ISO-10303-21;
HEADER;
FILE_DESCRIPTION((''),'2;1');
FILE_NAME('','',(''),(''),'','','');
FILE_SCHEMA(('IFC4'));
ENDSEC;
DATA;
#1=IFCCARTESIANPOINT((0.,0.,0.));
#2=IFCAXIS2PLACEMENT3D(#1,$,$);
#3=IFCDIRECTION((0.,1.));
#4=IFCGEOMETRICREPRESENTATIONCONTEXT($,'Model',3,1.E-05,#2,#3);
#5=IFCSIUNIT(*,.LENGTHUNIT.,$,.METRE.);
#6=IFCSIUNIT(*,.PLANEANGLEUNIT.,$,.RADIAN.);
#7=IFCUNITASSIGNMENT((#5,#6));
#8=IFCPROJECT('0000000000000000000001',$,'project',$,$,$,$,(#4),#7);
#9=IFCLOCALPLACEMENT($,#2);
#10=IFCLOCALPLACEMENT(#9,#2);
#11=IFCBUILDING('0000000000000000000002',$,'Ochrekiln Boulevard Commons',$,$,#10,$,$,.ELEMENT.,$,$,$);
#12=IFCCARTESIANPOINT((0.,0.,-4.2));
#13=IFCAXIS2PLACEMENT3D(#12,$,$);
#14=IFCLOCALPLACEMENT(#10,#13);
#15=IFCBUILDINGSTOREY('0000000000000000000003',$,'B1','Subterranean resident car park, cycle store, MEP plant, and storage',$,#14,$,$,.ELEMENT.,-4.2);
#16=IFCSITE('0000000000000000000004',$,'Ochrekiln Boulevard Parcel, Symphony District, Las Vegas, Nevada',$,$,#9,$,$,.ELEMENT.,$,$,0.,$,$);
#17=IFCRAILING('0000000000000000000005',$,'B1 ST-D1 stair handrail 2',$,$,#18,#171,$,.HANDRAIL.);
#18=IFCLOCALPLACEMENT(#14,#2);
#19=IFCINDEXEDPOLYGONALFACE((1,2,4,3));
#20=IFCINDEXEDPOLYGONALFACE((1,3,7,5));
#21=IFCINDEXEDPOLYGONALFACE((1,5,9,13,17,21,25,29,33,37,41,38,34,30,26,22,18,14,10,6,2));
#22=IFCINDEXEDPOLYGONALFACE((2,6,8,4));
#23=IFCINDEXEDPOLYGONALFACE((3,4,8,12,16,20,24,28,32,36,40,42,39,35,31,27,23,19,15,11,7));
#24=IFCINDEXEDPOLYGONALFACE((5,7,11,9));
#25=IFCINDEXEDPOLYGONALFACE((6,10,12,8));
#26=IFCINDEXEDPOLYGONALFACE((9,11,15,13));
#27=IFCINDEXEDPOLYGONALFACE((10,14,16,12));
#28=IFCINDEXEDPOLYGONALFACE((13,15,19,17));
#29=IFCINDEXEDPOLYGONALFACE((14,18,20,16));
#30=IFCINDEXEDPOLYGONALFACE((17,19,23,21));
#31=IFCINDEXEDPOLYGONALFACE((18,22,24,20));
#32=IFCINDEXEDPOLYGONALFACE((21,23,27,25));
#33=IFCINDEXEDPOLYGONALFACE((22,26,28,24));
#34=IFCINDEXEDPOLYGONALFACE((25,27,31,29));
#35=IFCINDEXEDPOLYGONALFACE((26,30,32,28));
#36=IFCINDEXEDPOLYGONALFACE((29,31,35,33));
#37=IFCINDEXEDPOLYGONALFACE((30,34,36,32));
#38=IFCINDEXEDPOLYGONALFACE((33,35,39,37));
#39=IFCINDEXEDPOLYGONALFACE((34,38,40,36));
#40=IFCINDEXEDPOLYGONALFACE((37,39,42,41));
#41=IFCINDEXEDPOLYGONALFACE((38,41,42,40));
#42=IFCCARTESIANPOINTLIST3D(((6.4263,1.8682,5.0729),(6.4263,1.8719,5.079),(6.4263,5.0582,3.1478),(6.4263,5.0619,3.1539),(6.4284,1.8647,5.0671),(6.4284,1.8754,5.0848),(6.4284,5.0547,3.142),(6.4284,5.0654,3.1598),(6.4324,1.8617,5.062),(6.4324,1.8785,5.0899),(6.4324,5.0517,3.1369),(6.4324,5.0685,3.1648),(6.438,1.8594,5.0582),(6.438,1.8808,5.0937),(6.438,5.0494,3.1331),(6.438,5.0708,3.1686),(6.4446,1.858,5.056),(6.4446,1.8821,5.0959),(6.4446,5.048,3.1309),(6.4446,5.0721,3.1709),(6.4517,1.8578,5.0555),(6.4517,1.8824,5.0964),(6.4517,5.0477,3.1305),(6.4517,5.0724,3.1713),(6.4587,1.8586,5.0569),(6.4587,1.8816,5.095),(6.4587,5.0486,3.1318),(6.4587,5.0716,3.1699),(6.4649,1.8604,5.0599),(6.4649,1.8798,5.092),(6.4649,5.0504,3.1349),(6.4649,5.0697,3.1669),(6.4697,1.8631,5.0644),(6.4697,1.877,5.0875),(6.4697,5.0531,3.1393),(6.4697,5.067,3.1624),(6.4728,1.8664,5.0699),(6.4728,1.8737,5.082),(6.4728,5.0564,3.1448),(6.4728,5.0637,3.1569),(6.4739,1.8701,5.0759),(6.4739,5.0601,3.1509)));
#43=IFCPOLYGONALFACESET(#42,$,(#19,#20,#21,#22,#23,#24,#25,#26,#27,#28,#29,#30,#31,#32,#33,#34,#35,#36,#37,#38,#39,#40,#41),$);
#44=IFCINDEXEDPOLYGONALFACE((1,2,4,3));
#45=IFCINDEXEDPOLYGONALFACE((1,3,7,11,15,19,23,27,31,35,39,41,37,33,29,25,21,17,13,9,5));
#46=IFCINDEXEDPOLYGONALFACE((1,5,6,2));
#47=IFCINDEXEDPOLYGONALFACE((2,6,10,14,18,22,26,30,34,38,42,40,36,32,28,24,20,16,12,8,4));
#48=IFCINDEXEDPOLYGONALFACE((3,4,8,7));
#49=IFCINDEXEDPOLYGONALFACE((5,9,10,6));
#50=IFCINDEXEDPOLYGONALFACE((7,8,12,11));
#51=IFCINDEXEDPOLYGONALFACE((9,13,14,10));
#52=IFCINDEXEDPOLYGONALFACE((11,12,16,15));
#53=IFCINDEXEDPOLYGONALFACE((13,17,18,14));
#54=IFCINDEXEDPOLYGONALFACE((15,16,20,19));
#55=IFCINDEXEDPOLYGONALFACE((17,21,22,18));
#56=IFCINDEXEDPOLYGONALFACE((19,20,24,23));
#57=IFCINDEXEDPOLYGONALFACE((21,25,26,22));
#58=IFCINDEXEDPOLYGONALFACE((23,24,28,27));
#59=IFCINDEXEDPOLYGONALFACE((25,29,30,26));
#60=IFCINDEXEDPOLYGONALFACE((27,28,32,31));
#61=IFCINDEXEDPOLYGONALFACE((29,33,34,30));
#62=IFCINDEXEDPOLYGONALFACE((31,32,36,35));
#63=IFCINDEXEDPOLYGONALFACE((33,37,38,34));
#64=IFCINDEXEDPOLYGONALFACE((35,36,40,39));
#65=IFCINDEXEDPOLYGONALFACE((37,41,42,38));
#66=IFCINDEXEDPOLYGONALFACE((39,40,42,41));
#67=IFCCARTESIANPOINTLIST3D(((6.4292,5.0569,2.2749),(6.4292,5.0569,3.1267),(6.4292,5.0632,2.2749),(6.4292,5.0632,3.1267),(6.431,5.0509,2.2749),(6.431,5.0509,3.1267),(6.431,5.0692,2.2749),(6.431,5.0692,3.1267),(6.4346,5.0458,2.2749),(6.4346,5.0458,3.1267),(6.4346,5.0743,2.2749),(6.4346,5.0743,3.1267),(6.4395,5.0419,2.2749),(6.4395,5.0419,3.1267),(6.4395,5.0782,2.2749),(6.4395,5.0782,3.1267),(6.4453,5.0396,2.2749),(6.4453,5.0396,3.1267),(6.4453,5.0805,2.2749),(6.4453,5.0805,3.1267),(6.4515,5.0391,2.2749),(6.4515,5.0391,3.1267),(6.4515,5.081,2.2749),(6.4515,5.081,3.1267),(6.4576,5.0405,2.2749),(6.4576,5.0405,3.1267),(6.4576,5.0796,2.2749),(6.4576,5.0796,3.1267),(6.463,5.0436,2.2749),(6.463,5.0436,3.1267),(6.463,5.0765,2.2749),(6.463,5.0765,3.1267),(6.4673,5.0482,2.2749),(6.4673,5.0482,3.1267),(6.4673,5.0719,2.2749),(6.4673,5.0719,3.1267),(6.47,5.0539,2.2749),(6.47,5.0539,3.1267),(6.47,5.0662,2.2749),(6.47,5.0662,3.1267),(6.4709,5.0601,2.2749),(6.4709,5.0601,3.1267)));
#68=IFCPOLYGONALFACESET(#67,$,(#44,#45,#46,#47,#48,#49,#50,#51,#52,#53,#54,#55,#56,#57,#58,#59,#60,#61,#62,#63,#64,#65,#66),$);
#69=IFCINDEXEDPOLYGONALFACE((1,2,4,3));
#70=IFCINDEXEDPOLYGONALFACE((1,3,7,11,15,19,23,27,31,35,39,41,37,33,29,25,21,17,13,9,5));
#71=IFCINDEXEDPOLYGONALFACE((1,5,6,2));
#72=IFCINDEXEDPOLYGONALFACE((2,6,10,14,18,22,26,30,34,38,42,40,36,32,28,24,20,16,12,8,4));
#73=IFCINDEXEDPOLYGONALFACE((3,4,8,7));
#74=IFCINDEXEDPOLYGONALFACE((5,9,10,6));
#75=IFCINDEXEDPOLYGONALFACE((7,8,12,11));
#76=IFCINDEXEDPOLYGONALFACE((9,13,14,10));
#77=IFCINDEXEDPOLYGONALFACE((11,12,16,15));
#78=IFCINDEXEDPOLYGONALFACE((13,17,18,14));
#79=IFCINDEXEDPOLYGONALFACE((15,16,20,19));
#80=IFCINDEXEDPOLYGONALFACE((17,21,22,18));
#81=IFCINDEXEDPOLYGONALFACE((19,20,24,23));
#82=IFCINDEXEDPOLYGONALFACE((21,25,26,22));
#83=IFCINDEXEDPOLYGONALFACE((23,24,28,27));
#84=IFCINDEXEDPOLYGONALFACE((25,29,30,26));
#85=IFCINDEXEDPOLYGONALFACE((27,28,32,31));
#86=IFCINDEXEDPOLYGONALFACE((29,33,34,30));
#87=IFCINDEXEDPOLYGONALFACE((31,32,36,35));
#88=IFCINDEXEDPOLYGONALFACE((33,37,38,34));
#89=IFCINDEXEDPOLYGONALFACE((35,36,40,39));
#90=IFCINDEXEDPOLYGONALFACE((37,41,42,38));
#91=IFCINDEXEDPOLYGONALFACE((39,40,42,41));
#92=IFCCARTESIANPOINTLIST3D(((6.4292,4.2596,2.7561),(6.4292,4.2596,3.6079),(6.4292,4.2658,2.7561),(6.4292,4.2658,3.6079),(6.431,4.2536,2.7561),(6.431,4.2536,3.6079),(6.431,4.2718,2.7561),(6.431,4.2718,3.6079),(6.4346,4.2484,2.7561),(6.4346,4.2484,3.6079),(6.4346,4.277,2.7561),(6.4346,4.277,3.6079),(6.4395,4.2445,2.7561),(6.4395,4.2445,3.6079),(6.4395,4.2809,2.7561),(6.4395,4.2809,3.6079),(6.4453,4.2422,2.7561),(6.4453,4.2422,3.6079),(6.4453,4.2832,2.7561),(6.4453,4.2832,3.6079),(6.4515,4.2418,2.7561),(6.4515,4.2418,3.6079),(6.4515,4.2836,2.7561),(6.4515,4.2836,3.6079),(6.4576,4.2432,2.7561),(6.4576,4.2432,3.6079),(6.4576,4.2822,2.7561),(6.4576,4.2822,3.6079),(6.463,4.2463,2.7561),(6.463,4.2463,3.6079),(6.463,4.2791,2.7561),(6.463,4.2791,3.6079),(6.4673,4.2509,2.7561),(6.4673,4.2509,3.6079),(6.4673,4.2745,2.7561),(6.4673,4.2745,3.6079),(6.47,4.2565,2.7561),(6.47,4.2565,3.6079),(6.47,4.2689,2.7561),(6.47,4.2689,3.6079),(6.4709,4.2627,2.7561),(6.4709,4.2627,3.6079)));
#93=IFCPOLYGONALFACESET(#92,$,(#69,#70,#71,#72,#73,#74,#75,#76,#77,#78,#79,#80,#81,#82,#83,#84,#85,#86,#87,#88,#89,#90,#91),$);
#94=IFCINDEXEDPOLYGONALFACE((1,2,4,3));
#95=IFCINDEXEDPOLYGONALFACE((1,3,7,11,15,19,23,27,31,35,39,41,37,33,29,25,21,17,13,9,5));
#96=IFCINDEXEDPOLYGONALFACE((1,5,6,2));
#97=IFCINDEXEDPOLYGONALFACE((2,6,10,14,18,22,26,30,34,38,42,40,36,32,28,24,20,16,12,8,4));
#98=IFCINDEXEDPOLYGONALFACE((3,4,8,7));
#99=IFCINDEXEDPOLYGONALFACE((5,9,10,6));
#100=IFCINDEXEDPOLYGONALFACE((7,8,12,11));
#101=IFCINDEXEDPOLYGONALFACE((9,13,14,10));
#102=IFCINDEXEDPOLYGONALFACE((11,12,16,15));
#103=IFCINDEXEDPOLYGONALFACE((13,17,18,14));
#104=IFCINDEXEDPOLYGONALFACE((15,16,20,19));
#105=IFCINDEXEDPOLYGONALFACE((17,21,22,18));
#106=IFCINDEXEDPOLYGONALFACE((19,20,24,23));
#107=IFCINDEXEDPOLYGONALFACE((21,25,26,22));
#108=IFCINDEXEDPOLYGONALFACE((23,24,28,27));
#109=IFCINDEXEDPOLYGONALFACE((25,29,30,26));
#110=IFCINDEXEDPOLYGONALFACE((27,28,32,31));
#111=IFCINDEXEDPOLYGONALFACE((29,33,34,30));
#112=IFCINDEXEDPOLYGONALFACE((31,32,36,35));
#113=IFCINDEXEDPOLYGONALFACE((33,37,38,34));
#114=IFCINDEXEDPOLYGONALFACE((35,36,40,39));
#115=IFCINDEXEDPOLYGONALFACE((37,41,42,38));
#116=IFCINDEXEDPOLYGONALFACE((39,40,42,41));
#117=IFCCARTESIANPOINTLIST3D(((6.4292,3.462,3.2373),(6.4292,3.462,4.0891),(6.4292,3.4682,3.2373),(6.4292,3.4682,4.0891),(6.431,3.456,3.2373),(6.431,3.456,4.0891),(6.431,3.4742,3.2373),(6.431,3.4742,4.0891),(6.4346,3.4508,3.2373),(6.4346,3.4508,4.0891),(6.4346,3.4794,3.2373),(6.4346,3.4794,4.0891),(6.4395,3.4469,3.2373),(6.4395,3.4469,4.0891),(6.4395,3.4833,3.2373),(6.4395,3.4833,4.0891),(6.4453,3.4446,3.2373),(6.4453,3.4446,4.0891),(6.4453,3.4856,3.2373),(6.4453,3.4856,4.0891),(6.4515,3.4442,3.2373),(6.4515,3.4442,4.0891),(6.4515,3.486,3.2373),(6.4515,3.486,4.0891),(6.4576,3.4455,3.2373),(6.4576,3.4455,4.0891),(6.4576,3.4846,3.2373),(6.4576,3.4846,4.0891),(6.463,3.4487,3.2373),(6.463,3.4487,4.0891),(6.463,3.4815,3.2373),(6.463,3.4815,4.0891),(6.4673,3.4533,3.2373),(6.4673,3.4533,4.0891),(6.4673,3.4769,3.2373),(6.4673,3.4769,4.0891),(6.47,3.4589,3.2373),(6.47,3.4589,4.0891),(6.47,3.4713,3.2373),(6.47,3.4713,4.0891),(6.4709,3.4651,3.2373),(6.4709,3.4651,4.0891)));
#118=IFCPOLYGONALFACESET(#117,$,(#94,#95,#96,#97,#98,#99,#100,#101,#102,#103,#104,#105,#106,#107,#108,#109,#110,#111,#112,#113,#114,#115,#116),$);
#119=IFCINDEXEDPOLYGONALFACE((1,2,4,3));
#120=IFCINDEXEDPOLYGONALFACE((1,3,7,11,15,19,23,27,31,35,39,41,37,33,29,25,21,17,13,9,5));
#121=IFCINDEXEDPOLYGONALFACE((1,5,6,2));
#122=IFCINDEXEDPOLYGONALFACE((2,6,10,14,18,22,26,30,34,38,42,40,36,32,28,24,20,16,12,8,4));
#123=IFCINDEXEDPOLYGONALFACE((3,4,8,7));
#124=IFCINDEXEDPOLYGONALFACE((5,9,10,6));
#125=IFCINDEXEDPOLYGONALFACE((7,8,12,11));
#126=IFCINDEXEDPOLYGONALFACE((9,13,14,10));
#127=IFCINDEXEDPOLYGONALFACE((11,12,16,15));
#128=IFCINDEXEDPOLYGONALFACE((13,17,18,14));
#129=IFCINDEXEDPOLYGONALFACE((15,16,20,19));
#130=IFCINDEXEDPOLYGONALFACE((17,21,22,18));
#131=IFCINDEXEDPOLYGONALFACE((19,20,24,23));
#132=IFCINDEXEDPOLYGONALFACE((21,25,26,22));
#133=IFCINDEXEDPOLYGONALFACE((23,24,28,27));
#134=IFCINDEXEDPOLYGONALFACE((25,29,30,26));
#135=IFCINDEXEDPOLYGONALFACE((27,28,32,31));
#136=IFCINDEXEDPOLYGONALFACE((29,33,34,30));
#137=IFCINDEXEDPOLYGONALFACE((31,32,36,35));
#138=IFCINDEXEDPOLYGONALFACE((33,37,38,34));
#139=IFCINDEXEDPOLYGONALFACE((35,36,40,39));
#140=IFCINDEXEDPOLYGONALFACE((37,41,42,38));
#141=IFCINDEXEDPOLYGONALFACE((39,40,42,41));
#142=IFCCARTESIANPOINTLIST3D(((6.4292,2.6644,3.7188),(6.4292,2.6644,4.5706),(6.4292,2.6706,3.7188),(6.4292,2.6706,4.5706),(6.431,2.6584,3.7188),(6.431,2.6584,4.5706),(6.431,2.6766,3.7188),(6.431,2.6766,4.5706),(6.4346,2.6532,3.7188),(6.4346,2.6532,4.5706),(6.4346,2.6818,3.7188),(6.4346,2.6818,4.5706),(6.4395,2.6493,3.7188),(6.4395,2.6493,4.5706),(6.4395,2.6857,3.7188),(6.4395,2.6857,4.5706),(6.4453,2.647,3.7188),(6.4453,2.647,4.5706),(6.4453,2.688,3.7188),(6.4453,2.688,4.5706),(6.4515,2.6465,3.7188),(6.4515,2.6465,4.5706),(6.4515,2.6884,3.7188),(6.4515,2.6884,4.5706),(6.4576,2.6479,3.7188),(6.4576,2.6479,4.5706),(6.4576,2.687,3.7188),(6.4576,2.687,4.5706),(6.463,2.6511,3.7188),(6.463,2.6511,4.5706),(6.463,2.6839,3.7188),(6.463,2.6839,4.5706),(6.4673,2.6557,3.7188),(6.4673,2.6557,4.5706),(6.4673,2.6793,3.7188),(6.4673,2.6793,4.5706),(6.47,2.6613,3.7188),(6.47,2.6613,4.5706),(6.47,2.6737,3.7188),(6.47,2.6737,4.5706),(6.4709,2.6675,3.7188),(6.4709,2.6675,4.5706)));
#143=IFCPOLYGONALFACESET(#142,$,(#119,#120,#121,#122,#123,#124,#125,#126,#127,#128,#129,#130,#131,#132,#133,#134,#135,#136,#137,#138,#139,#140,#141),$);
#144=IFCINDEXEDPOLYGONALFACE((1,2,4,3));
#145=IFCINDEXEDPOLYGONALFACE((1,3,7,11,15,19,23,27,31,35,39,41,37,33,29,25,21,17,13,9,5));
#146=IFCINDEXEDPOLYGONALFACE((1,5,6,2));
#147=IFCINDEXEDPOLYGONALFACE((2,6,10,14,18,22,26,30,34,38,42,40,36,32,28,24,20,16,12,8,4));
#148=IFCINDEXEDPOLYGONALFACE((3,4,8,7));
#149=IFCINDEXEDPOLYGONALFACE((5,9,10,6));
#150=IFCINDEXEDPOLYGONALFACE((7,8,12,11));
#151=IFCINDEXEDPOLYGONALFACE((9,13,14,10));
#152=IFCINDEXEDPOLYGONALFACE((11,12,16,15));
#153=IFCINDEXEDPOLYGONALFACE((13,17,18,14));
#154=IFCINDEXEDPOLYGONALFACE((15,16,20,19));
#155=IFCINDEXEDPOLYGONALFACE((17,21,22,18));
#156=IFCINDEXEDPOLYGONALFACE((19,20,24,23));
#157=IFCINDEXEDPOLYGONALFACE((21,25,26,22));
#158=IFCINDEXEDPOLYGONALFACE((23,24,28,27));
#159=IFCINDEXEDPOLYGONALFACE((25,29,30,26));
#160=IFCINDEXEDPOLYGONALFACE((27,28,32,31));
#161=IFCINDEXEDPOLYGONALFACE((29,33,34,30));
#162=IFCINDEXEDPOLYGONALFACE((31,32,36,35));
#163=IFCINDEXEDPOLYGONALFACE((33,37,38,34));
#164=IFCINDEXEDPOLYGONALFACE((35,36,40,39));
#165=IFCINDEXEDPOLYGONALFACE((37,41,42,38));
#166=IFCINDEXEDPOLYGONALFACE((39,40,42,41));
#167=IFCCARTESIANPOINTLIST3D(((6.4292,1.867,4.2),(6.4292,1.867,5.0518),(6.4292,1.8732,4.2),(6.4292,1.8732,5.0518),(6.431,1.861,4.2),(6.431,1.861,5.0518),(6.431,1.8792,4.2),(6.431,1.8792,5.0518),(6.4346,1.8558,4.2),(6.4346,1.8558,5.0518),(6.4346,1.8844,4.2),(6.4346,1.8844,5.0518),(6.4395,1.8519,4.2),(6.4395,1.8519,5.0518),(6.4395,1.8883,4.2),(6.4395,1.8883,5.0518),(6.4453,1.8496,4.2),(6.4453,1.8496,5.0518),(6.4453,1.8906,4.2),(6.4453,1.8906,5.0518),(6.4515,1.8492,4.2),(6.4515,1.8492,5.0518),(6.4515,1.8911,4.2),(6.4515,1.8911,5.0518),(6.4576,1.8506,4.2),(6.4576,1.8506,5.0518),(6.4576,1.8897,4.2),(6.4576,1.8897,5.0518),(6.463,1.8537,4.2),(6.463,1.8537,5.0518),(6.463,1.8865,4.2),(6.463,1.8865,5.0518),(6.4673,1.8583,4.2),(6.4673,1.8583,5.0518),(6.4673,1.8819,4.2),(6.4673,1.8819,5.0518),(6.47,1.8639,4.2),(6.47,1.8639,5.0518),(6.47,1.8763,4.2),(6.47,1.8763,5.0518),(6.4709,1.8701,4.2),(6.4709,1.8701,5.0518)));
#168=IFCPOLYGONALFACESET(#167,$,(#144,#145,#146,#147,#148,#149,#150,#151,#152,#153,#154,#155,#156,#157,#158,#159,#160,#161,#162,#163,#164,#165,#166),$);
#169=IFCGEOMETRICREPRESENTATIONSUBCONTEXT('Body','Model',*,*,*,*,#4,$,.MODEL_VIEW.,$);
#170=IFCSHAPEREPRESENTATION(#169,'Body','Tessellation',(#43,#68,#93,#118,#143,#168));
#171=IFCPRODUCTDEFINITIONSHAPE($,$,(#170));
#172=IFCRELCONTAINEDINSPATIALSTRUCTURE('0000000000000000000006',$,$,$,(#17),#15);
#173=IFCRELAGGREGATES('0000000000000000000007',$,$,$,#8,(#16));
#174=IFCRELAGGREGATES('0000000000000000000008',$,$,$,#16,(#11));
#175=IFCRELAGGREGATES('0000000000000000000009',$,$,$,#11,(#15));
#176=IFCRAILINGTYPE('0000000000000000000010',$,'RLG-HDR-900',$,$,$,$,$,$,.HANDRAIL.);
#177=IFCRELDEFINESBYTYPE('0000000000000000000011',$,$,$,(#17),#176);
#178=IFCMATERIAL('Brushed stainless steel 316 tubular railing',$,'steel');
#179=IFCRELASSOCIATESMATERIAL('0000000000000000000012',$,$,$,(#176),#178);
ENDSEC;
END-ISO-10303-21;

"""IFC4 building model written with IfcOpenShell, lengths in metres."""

from ifc_helpers import new_model, si_unit, direction, frame, origin, origin_2d, place, context, subcontext, project, spatial, circle, extrude, material, type_object, element, save


model = new_model("IFC4")

# Units and contexts
model_context = context("Model", 3, precision=1e-05, world=origin(), true_north=direction((0.0, 1.0)))
body_context = subcontext(model_context, "Body", "Model", "MODEL_VIEW")
ifc_project = project(units=[si_unit("LENGTHUNIT", "METRE"), si_unit("PLANEANGLEUNIT", "RADIAN")], contexts=[model_context])

# Site, building, storey
site_placement = place(None, origin())
site = spatial("IfcSite", under=ifc_project, at=site_placement, Name="Ochrekiln Boulevard Parcel, Symphony District, Las Vegas, Nevada", CompositionType="ELEMENT", RefElevation=0.0)
building_placement = place(site_placement, origin())
building = spatial("IfcBuilding", under=site, at=building_placement, Name="Ochrekiln Boulevard Commons", CompositionType="ELEMENT")
storey_placement = place(building_placement, frame((0.0, 0.0, -4.2)))
storey = spatial("IfcBuildingStorey", under=building, at=storey_placement, Name="B1", Description="Subterranean resident car park, cycle store, MEP plant, and storage", CompositionType="ELEMENT", Elevation=-4.2)

# Railing
ifc_material_1 = material(Name="Brushed stainless steel 316 tubular railing", Category="steel")
railing_type_1 = type_object("IfcRailingType", Name="RLG-HDR-900", PredefinedType="HANDRAIL", material=ifc_material_1)
railing_1_placement = place(storey_placement, frame((6.45, 5.0601, 2.2749)))
element("IfcRailing", 1, at=railing_1_placement, inside=storey, type_object=railing_type_1, Name="B1 ST-D1 stair handrail 2", PredefinedType="HANDRAIL", context=body_context, shape_type="SweptSolid", body=[
    extrude(circle(Radius=0.0239, at=origin_2d()), frame((0.0, 0.0, 0.876), z_axis=(0.0, -0.856178, 0.516682), x_axis=(1.0, 0.0, 0.0)), (0.0, 0.0, 1.0), 3.7258),
    extrude(circle(Radius=0.021, at=origin_2d()), origin(), (0.0, 0.0, 1.0), 0.8518),
    extrude(circle(Radius=0.021, at=origin_2d()), frame((0.0, -0.7974, 0.4812)), (0.0, 0.0, 1.0), 0.8518),
    extrude(circle(Radius=0.021, at=origin_2d()), frame((0.0, -1.595, 0.9624)), (0.0, 0.0, 1.0), 0.8518),
    extrude(circle(Radius=0.021, at=origin_2d()), frame((0.0, -2.3926, 1.4438)), (0.0, 0.0, 1.0), 0.8518),
    extrude(circle(Radius=0.021, at=origin_2d()), frame((0.0, -3.1899, 1.925)), (0.0, 0.0, 1.0), 0.8518),
])

save(model, "model.ifc")
